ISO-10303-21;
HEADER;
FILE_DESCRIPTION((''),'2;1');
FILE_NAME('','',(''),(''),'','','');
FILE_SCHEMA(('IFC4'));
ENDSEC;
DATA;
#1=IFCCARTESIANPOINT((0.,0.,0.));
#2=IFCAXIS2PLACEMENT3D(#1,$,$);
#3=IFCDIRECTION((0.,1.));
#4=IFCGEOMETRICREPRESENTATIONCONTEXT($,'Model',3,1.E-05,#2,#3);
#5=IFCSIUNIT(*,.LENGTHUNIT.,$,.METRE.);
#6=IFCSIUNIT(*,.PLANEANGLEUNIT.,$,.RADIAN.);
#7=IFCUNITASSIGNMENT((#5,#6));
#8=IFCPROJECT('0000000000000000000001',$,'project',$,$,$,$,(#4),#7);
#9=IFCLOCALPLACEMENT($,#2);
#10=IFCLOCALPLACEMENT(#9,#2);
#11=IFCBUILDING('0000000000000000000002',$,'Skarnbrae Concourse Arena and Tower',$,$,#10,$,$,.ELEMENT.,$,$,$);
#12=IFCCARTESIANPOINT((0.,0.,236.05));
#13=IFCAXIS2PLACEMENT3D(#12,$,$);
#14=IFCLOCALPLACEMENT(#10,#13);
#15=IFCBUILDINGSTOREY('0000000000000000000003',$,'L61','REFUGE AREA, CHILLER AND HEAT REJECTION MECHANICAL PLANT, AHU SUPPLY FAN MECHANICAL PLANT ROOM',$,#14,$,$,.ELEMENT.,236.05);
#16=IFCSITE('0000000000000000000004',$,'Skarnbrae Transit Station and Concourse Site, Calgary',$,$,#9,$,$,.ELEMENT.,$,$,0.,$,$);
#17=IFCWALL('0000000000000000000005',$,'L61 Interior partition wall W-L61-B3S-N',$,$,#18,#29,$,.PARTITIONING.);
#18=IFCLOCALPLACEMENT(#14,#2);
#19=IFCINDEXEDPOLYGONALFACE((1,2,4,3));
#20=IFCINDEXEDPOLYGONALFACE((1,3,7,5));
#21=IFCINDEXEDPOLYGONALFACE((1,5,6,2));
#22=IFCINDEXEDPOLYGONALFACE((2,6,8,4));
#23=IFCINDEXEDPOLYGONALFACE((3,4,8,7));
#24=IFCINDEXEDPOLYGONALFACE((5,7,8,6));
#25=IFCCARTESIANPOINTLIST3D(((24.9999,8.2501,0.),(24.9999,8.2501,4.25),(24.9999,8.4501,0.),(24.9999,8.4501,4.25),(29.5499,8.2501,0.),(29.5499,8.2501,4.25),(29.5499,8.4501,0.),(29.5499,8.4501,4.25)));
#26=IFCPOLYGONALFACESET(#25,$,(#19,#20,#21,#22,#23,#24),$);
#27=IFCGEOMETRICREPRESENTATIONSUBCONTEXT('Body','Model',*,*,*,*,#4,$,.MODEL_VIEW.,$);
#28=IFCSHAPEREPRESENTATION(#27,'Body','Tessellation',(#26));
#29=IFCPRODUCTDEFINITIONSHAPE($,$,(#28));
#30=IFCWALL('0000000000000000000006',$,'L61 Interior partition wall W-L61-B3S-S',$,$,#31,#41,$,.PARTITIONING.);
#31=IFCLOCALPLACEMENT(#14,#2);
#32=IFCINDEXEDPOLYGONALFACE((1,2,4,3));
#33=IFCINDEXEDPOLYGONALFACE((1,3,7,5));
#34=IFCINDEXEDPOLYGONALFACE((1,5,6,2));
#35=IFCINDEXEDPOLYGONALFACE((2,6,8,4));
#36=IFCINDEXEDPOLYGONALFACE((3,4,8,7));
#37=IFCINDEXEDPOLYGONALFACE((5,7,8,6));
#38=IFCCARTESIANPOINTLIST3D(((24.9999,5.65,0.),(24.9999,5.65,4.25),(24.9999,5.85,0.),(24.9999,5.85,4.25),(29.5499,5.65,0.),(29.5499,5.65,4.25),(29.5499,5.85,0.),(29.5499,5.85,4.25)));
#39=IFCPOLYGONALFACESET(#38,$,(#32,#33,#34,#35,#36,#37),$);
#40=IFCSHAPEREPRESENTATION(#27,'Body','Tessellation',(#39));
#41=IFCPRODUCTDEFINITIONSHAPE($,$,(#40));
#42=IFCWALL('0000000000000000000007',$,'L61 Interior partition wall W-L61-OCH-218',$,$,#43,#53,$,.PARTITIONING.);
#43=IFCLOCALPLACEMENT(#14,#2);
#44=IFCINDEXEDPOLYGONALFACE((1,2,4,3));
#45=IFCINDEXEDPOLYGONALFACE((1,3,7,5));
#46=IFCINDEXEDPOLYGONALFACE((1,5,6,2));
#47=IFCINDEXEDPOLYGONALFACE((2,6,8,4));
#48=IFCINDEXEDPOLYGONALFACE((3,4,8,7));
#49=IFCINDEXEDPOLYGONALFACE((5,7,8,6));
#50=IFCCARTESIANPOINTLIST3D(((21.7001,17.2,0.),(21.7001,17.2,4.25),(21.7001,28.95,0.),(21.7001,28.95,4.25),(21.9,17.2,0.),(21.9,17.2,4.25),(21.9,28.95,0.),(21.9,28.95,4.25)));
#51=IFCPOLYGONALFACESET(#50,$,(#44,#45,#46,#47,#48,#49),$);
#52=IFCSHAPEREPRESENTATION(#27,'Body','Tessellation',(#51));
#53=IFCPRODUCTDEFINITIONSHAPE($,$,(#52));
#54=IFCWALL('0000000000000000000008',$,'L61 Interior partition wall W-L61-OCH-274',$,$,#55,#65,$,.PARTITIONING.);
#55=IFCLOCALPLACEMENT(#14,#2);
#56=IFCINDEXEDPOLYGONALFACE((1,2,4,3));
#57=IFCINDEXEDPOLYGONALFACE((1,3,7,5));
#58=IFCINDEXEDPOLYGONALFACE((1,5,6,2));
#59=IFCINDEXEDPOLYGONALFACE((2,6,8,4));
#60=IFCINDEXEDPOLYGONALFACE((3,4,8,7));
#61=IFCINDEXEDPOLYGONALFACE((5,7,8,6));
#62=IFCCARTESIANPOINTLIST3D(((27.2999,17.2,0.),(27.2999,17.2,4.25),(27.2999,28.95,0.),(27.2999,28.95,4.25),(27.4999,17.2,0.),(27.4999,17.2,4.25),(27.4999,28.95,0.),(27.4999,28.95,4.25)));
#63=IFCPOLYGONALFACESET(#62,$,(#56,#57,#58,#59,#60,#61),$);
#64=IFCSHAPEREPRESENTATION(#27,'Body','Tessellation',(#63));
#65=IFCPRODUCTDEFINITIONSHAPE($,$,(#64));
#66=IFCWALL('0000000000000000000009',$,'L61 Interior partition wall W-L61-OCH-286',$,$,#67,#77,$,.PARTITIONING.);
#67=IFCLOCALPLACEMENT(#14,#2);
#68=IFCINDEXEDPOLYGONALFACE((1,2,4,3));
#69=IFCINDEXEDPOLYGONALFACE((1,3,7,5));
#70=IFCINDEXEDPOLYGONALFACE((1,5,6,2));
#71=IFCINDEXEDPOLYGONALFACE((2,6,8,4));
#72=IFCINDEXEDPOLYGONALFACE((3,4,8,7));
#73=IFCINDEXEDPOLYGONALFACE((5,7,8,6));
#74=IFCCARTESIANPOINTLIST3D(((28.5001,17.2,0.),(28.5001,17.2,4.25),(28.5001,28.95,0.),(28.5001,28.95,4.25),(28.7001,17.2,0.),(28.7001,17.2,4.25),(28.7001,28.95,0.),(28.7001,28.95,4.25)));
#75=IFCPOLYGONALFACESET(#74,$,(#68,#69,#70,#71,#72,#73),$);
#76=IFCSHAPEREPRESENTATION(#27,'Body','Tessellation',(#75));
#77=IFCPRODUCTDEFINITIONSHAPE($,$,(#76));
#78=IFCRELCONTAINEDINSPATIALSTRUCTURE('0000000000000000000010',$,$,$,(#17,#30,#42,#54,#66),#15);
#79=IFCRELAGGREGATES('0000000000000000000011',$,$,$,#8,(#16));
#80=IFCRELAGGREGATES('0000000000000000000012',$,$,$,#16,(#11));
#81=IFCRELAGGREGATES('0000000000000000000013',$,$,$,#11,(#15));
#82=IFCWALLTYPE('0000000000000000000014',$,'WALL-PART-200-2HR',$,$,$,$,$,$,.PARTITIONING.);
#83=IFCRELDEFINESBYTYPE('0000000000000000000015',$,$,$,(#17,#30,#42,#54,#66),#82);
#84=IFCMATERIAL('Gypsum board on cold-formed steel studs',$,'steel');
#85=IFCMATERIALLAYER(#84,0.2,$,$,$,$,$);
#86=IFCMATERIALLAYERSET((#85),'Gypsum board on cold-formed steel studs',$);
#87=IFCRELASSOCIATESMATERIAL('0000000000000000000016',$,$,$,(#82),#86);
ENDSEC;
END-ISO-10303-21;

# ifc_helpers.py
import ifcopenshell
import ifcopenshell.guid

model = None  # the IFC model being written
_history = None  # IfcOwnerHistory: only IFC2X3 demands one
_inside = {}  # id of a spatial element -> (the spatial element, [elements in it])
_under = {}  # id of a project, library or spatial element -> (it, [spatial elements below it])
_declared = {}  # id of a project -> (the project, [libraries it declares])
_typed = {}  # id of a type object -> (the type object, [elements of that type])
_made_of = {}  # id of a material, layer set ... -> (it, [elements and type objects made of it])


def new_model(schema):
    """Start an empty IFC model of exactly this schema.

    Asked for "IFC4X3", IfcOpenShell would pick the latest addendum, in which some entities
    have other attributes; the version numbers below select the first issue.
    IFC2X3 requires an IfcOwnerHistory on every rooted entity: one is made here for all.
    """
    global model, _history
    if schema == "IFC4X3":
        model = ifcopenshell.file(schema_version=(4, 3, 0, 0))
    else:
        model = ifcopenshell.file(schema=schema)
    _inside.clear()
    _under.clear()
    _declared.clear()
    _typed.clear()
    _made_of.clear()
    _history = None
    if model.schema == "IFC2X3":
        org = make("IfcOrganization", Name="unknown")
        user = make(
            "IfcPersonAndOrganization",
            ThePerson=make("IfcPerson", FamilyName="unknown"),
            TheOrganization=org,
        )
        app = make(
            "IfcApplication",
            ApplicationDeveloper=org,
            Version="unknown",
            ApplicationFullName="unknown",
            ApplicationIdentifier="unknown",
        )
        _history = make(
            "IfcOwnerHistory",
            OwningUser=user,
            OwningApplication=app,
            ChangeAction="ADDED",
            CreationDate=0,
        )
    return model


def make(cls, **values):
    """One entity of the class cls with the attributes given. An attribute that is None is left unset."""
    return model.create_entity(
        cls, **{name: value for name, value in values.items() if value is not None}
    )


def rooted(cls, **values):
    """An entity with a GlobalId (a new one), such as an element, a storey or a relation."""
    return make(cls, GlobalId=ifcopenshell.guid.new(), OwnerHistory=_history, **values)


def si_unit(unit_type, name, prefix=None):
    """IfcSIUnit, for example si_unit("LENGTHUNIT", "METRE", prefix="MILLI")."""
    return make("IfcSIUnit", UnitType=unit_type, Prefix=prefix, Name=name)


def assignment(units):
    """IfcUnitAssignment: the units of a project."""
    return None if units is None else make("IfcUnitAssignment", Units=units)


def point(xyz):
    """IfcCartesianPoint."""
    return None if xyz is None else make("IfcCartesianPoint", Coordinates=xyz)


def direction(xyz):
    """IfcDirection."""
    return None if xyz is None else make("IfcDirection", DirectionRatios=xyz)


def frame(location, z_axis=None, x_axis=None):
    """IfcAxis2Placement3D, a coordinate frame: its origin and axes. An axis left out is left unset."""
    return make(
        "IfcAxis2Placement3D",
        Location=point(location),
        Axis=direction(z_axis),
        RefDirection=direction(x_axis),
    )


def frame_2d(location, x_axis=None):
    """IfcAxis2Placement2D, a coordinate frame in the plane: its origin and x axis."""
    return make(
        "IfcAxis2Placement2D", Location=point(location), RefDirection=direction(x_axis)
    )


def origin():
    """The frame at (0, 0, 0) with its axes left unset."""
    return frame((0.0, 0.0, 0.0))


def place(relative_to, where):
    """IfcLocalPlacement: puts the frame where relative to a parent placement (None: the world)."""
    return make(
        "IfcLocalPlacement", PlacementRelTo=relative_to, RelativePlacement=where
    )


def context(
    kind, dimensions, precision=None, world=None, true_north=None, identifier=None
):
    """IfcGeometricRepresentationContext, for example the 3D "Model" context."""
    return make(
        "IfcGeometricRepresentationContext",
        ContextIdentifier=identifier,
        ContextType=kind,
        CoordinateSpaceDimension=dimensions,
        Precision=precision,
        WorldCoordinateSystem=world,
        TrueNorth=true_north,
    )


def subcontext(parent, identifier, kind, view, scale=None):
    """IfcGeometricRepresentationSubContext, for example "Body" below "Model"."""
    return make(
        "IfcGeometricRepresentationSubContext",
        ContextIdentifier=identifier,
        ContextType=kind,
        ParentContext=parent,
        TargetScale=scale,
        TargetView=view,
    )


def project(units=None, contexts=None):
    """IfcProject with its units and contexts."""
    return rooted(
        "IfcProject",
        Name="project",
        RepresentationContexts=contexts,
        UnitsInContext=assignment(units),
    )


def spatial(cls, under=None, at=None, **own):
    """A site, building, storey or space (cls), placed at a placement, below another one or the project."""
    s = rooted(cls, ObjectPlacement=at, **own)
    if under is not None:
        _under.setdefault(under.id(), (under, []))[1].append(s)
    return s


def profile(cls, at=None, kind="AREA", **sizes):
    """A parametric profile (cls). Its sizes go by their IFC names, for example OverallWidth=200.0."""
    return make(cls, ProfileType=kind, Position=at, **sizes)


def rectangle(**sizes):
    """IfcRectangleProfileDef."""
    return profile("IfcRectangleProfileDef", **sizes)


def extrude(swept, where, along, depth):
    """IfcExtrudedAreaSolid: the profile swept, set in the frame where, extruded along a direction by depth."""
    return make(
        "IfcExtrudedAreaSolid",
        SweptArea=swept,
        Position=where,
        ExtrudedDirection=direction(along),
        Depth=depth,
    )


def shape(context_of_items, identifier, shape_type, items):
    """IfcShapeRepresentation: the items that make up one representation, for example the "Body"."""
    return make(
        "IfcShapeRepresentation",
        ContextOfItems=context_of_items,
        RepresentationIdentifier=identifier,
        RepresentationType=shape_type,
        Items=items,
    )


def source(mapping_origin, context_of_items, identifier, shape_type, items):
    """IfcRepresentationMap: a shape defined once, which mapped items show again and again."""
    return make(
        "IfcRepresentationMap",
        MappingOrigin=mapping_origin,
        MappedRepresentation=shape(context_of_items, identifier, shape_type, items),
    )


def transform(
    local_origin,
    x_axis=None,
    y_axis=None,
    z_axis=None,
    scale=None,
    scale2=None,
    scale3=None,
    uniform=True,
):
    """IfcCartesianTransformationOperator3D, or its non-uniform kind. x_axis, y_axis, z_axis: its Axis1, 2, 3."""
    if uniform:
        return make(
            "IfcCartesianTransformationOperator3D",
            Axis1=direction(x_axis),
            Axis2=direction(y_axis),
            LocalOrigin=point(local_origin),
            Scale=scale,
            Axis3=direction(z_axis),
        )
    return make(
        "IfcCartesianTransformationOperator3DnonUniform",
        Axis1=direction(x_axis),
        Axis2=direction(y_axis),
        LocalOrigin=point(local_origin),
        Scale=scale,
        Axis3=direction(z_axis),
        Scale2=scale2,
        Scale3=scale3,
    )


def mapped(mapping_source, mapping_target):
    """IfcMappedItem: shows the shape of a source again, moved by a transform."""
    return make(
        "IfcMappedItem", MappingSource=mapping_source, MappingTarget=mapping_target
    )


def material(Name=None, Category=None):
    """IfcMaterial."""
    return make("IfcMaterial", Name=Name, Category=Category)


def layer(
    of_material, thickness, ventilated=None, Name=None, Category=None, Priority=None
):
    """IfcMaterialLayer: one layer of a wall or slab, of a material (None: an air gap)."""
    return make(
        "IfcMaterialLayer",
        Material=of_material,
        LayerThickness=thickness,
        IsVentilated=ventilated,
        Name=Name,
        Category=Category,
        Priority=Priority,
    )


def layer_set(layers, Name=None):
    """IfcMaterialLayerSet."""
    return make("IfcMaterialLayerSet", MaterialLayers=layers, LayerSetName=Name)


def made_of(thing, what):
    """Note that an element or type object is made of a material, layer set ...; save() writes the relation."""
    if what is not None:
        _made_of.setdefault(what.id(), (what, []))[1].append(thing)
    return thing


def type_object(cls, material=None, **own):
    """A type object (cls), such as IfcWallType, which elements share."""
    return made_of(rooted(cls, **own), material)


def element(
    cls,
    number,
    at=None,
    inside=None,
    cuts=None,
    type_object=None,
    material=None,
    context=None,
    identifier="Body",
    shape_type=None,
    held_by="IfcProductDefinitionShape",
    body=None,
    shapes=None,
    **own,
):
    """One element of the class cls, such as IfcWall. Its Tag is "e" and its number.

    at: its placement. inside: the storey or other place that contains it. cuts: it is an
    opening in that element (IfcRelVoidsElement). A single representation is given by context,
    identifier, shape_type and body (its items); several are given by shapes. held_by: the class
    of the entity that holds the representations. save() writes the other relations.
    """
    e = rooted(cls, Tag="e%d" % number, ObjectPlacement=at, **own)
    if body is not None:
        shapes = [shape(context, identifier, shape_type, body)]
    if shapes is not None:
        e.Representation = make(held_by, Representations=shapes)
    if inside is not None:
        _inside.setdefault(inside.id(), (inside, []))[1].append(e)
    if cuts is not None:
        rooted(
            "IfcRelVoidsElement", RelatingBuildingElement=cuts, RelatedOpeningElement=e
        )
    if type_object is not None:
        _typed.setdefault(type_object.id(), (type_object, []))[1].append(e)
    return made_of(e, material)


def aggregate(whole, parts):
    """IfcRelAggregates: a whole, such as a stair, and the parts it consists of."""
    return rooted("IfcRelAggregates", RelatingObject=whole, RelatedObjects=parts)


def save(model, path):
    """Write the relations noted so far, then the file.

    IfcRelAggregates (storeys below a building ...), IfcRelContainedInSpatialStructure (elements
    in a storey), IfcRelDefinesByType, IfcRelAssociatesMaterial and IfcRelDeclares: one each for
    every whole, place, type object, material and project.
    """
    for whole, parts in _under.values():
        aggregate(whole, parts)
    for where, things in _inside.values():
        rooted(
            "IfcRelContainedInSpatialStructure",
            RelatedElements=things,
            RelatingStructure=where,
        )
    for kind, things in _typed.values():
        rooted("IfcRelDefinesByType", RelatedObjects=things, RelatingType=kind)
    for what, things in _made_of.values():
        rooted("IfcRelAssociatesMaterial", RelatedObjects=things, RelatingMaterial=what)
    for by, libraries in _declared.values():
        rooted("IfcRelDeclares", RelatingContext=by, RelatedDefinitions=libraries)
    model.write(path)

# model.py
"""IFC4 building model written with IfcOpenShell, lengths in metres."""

from ifc_helpers import new_model, si_unit, direction, frame, frame_2d, origin, place, context, subcontext, project, spatial, rectangle, extrude, source, transform, mapped, material, layer, layer_set, type_object, element, save


model = new_model("IFC4")

# Units and contexts
model_context = context("Model", 3, precision=1e-05, world=origin(), true_north=direction((0.0, 1.0)))
body_context = subcontext(model_context, "Body", "Model", "MODEL_VIEW")
ifc_project = project(units=[si_unit("LENGTHUNIT", "METRE"), si_unit("PLANEANGLEUNIT", "RADIAN")], contexts=[model_context])

# Site, building, storey
site_placement = place(None, origin())
site = spatial("IfcSite", under=ifc_project, at=site_placement, Name="Skarnbrae Transit Station and Concourse Site, Calgary", CompositionType="ELEMENT", RefElevation=0.0)
building_placement = place(site_placement, origin())
building = spatial("IfcBuilding", under=site, at=building_placement, Name="Skarnbrae Concourse Arena and Tower", CompositionType="ELEMENT")
storey_placement = place(building_placement, frame((0.0, 0.0, 236.05)))
storey = spatial("IfcBuildingStorey", under=building, at=storey_placement, Name="L61", Description="REFUGE AREA, CHILLER AND HEAT REJECTION MECHANICAL PLANT, AHU SUPPLY FAN MECHANICAL PLANT ROOM", CompositionType="ELEMENT", Elevation=236.05)

# Shared definitions
ifc_material_1 = material(Name="Gypsum board on cold-formed steel studs", Category="steel")
ifc_layer_1 = layer(ifc_material_1, 0.2)
ifc_layer_set_1 = layer_set([ifc_layer_1], Name="Gypsum board on cold-formed steel studs")
wall_type_1 = type_object("IfcWallType", Name="WALL-PART-200-2HR", PredefinedType="PARTITIONING", material=ifc_layer_set_1)

# Walls
shared_shape_1 = source(origin(), body_context, "Body", "SweptSolid", [
    extrude(rectangle(XDim=4.55, YDim=0.2, at=frame_2d((2.2749, 0.0))), origin(), (0.0, 0.0, 1.0), 4.25),
])
for number, where, z_axis, x_axis, name in (
    (1, (25.0, 8.3501, 0.0), (0.0, 0.0, 1.0), (1.0, 0.0, 0.0), "L61 Interior partition wall W-L61-B3S-N"),
    (2, (25.0, 5.75, 0.0), (0.0, 0.0, 1.0), (1.0, 0.0, 0.0), "L61 Interior partition wall W-L61-B3S-S"),
):
    element("IfcWall", number, at=place(storey_placement, frame(where, z_axis=z_axis, x_axis=x_axis)), inside=storey, type_object=wall_type_1, Name=name, PredefinedType="PARTITIONING", context=body_context, shape_type="MappedRepresentation", body=[
        mapped(shared_shape_1, transform((0.0, 0.0, 0.0))),
    ])
shared_shape_2 = source(origin(), body_context, "Body", "SweptSolid", [
    extrude(rectangle(XDim=11.75, YDim=0.2, at=frame_2d((5.875, 0.0))), origin(), (0.0, 0.0, 1.0), 4.25),
])
for number, where, z_axis, x_axis, name in (
    (3, (21.8, 17.2, 0.0), (0.0, 0.0, 1.0), (0.0, 1.0, 0.0), "L61 Interior partition wall W-L61-OCH-218"),
    (4, (27.3999, 17.2, 0.0), (0.0, 0.0, 1.0), (0.0, 1.0, 0.0), "L61 Interior partition wall W-L61-OCH-274"),
    (5, (28.6001, 17.2, 0.0), (0.0, 0.0, 1.0), (0.0, 1.0, 0.0), "L61 Interior partition wall W-L61-OCH-286"),
):
    element("IfcWall", number, at=place(storey_placement, frame(where, z_axis=z_axis, x_axis=x_axis)), inside=storey, type_object=wall_type_1, Name=name, PredefinedType="PARTITIONING", context=body_context, shape_type="MappedRepresentation", body=[
        mapped(shared_shape_2, transform((0.0, 0.0, 0.0))),
    ])

save(model, "model.ifc")
